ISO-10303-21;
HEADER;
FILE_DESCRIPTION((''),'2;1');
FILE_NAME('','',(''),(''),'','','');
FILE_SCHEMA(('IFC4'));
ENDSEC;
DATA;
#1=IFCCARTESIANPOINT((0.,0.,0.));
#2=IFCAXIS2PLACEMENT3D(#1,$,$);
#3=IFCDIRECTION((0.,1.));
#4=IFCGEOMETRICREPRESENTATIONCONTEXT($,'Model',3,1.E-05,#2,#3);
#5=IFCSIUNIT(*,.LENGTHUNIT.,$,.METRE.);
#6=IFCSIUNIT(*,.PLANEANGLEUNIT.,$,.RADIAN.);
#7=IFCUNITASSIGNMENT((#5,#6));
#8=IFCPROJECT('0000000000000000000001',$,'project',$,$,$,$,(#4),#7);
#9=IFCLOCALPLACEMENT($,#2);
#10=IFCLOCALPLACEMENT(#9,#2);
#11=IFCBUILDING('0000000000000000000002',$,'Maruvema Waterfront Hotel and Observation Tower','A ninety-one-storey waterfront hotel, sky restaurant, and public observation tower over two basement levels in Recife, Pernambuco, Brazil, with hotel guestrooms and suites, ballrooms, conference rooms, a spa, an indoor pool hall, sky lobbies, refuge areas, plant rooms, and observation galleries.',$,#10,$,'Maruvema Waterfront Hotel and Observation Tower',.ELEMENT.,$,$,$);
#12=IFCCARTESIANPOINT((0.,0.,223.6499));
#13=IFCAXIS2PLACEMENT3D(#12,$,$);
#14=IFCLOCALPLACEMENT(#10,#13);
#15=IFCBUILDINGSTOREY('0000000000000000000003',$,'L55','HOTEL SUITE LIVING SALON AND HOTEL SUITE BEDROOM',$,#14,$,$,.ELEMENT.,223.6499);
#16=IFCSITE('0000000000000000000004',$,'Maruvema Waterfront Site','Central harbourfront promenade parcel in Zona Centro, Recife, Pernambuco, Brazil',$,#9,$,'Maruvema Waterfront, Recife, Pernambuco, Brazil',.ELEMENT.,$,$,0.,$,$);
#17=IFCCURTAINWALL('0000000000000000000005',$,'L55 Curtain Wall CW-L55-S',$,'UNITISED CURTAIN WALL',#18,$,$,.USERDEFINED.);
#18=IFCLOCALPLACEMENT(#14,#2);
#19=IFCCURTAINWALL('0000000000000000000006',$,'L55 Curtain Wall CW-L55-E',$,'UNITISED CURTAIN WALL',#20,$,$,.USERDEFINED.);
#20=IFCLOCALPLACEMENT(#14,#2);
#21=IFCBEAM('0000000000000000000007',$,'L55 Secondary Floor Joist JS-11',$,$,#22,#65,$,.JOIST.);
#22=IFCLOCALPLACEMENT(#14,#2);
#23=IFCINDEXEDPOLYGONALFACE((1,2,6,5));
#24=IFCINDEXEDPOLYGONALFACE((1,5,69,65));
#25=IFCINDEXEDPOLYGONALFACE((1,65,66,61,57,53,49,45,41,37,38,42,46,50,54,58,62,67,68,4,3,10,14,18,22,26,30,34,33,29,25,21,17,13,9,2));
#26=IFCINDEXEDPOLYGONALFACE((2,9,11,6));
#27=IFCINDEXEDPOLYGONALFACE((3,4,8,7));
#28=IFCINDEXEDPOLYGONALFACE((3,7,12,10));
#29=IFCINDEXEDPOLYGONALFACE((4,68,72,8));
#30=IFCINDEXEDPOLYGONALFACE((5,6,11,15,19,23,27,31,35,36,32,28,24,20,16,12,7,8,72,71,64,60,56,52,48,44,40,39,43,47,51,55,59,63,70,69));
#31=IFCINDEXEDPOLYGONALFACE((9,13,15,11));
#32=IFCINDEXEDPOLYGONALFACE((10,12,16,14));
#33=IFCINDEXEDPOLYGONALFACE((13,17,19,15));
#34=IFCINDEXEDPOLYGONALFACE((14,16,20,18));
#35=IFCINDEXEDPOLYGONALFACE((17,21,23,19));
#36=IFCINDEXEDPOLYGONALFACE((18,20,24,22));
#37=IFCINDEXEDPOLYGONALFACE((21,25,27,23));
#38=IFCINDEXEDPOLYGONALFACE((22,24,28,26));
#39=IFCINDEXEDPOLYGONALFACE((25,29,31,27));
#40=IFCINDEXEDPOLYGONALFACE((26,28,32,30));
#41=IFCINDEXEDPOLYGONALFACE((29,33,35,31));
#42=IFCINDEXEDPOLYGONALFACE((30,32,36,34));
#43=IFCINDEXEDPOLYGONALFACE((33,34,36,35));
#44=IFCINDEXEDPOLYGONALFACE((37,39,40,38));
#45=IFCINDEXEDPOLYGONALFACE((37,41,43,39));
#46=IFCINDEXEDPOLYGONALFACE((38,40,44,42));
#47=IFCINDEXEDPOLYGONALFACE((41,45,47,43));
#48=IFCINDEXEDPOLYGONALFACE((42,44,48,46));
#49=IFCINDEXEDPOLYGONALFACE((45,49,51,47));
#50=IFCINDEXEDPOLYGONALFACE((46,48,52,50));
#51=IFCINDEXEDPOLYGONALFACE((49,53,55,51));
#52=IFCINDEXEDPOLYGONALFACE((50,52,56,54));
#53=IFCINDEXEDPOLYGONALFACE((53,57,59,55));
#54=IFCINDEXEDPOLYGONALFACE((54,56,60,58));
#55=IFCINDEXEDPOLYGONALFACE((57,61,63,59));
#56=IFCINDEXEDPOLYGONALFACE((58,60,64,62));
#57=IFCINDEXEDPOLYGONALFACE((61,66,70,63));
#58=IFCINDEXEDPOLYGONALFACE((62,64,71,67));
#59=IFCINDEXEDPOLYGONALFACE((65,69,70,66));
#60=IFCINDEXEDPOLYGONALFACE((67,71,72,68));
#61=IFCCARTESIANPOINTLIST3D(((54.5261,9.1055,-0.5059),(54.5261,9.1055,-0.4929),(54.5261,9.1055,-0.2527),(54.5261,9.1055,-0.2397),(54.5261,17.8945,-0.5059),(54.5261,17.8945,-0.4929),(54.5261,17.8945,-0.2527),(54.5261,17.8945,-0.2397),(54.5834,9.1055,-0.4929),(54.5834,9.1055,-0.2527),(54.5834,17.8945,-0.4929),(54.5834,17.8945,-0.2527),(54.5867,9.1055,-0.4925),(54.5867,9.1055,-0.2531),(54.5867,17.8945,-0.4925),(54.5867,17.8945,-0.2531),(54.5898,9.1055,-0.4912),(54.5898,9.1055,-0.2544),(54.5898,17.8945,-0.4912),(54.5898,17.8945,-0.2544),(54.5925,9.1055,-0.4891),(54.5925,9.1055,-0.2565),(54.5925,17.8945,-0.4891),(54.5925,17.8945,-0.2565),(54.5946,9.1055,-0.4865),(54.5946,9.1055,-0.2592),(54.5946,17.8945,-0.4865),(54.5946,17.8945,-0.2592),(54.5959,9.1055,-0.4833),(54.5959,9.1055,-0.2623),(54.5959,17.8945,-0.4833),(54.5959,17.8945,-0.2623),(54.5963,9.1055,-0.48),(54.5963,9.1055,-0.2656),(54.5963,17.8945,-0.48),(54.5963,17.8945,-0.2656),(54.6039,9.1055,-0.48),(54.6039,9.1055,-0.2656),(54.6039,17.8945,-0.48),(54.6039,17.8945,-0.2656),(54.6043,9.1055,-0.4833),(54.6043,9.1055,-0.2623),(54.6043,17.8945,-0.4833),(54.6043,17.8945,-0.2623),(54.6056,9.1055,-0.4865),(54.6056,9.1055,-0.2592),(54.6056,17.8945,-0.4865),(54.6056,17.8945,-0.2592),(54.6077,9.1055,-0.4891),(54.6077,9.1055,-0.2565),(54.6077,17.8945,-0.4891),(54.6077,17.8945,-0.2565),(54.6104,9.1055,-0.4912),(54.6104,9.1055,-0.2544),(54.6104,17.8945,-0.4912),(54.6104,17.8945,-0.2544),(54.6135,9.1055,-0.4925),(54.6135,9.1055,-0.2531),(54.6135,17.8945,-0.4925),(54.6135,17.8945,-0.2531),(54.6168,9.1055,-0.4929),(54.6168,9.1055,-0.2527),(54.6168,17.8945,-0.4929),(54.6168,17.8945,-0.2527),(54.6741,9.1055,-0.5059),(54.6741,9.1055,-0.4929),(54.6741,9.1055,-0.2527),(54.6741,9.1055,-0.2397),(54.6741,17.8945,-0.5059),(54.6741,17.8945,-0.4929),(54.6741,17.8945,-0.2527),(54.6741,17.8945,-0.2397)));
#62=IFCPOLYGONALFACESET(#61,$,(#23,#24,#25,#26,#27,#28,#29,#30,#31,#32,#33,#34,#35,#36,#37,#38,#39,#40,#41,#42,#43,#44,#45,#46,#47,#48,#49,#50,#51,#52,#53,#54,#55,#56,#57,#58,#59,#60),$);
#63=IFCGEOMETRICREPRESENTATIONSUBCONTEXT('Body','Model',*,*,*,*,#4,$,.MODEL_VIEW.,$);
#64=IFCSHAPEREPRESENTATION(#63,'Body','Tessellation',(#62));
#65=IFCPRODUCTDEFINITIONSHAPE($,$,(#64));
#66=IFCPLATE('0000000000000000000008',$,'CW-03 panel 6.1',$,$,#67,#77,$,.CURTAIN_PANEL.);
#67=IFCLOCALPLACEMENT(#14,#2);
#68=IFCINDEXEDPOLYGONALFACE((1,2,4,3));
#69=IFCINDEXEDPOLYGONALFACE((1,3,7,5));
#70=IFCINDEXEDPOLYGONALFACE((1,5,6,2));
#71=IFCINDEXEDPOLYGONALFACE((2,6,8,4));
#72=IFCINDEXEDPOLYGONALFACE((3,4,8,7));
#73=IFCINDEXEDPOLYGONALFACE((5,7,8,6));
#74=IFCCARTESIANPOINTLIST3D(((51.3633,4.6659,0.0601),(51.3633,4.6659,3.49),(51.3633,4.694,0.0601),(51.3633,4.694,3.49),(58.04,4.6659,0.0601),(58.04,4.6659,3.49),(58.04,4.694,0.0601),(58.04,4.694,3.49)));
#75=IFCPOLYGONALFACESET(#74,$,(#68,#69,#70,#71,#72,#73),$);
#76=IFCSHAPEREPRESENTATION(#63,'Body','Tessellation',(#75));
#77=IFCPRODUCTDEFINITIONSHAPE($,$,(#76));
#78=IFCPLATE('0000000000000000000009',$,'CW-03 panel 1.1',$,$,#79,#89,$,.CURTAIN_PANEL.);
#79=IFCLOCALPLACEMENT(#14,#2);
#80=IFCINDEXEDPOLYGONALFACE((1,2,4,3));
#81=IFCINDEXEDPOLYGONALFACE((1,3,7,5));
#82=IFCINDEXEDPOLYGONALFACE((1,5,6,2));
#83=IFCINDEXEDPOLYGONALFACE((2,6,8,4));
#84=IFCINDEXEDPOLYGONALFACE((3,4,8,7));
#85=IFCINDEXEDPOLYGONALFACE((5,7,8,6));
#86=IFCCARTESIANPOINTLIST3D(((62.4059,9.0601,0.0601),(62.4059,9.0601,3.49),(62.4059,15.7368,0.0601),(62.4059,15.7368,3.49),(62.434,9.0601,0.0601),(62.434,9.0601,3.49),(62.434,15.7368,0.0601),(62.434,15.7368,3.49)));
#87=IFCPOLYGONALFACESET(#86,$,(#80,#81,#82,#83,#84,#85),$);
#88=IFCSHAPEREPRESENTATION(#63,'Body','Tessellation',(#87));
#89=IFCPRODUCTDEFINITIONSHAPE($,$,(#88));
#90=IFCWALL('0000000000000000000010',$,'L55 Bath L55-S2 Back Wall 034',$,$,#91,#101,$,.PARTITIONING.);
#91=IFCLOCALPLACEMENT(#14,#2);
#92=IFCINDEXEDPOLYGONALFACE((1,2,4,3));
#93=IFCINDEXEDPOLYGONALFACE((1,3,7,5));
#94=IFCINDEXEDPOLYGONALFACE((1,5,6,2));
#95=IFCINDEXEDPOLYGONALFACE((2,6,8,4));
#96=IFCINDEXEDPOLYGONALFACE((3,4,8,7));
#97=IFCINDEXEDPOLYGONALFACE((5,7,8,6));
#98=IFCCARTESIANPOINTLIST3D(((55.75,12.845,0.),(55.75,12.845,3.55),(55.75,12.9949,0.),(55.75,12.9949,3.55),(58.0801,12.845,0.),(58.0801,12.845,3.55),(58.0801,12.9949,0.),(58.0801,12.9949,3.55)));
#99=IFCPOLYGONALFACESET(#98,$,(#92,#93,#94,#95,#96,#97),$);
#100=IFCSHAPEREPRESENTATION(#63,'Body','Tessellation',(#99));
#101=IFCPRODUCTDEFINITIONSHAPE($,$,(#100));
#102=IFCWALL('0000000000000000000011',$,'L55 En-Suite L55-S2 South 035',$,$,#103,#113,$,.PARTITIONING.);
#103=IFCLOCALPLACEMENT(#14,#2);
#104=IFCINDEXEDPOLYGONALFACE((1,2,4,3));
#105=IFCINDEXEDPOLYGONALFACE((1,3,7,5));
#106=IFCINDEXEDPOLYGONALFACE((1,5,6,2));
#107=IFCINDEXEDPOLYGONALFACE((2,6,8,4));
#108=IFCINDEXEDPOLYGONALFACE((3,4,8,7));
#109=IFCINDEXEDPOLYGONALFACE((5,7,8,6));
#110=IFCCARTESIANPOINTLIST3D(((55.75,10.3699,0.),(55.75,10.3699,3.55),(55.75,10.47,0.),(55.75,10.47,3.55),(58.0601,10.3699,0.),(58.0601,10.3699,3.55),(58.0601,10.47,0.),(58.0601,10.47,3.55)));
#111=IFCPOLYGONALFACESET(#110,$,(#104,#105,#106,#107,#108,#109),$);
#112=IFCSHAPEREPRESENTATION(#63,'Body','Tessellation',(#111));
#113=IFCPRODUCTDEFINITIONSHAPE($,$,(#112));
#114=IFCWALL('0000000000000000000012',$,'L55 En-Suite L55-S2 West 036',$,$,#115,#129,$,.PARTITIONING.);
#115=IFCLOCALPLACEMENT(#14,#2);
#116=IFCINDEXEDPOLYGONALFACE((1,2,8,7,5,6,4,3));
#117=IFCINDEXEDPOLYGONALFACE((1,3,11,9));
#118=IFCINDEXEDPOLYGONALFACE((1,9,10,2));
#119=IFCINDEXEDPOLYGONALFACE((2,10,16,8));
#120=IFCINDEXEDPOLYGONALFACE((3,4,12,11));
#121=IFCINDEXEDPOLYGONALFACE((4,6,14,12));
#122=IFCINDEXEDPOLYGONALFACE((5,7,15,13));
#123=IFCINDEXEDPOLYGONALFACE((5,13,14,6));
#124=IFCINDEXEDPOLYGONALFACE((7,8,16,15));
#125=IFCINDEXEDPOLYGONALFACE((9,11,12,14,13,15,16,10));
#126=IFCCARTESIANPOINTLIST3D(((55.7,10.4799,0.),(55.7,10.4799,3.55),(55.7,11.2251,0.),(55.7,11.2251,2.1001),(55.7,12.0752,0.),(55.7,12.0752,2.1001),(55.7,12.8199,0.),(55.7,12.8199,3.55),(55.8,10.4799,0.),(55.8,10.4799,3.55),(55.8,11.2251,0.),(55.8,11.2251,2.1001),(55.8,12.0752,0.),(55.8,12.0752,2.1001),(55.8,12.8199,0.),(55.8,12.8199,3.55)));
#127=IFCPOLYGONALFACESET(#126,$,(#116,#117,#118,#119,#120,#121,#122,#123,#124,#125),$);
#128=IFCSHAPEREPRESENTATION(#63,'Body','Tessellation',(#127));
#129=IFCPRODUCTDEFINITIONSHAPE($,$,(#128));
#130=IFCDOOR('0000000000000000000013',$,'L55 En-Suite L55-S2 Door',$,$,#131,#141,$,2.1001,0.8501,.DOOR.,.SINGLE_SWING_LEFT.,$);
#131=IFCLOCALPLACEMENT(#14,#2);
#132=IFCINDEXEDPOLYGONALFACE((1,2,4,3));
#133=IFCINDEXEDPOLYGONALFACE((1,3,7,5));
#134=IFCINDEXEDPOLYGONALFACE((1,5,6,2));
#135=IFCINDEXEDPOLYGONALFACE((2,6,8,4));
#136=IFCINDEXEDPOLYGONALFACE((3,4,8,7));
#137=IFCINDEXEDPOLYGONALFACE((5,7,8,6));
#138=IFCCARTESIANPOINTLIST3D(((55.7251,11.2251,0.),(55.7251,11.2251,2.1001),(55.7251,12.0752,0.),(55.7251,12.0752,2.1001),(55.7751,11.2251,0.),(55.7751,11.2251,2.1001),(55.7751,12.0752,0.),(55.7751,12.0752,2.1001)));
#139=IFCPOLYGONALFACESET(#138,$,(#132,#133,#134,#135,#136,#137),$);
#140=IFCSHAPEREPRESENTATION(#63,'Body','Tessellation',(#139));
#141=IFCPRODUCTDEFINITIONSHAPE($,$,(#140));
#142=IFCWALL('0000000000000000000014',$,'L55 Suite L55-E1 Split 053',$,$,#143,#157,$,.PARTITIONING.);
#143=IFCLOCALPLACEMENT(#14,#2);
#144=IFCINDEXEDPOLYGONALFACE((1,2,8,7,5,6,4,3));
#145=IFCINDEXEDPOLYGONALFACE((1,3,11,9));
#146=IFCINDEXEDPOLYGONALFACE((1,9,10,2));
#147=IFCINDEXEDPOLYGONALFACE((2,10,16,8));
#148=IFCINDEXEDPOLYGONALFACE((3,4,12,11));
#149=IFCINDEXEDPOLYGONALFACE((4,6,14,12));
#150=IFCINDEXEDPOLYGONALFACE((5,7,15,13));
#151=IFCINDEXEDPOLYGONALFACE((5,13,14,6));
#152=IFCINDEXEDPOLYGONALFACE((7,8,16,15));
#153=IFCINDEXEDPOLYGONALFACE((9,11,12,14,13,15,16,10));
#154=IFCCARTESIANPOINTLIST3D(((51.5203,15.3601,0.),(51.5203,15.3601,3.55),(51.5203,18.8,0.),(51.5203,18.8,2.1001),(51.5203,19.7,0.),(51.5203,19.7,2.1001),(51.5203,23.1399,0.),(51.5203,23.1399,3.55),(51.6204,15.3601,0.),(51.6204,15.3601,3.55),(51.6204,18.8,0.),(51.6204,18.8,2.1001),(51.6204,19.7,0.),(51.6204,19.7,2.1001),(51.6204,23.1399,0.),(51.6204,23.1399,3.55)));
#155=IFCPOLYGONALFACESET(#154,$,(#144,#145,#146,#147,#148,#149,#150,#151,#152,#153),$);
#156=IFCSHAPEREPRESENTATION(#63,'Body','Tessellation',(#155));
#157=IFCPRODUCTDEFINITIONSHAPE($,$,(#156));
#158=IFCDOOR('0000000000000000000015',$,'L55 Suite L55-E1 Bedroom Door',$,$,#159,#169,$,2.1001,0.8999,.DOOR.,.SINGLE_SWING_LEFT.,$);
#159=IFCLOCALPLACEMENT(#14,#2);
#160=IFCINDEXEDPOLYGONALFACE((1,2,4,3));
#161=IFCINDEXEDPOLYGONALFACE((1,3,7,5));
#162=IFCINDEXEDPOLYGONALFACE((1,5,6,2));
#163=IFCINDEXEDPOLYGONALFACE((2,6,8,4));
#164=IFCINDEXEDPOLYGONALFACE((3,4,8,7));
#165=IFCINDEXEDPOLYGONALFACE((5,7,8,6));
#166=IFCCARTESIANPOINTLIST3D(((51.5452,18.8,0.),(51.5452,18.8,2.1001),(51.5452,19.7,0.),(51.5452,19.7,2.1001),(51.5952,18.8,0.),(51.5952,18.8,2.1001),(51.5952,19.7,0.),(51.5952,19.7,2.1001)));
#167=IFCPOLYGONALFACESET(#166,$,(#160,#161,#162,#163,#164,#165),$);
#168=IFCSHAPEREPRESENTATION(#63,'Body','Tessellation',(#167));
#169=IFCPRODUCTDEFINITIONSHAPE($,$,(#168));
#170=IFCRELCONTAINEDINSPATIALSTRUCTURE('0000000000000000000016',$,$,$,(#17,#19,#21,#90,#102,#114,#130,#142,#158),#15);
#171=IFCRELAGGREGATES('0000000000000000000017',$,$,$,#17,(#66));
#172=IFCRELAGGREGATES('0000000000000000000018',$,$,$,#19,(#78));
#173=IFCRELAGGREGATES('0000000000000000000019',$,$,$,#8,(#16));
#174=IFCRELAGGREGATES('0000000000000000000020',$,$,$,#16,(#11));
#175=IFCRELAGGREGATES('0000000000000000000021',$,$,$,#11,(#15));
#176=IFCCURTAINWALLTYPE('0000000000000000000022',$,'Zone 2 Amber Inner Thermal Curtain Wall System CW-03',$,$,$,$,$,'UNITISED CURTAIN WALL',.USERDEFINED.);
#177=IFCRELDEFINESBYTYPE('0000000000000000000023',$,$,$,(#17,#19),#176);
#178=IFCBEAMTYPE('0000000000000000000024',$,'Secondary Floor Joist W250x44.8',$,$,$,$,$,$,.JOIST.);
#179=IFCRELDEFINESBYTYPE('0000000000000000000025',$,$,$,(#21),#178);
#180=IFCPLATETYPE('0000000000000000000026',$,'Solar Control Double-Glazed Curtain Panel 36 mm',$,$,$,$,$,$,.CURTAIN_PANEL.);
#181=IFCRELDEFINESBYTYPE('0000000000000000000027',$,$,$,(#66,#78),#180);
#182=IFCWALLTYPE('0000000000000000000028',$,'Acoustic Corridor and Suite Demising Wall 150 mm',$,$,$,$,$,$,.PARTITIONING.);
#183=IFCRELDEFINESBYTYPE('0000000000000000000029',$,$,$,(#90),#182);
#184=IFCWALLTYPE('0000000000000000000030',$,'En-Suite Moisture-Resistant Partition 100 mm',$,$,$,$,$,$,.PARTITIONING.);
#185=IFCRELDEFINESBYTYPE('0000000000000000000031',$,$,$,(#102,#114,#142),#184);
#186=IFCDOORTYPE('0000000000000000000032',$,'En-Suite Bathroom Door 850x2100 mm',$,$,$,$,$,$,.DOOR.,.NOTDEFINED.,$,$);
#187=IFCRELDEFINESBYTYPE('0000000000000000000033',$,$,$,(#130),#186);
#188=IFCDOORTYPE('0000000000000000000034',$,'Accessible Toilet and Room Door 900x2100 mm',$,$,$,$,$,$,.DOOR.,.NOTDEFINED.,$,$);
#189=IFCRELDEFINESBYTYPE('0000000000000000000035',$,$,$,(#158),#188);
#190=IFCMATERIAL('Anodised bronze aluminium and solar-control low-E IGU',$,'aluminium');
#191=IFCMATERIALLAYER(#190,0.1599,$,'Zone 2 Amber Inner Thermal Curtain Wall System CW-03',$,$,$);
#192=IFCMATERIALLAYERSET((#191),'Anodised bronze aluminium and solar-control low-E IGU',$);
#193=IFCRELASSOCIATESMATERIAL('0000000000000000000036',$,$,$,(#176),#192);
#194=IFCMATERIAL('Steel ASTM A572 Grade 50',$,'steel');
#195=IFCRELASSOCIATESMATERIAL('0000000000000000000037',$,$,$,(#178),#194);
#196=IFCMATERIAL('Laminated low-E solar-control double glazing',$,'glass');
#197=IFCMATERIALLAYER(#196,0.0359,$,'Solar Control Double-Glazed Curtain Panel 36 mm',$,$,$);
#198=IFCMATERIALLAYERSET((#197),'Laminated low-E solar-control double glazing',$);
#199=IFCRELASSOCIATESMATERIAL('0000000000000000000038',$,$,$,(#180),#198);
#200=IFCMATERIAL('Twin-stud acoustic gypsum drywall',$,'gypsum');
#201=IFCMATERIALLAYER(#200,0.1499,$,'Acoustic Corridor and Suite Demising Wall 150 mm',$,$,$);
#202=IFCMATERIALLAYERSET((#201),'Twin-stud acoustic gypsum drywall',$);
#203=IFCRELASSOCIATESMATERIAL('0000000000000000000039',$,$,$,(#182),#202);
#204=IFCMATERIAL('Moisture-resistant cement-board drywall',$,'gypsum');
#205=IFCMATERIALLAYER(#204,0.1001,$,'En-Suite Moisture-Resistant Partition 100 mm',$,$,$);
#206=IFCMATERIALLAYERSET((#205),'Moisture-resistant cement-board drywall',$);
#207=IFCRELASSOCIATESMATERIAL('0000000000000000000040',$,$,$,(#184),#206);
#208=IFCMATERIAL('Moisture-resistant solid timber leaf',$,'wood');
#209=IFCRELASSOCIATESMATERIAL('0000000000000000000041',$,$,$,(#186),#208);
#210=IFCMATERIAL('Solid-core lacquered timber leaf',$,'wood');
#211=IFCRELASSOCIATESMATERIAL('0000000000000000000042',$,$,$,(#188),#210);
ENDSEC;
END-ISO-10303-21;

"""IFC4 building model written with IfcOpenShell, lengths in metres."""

from ifc_helpers import new_model, si_unit, direction, frame, frame_2d, origin, origin_2d, place, context, subcontext, project, spatial, rectangle, i_section, extrude, material, layer, layer_set, material_profile, profile_set, type_object, element, fill, aggregate, save


model = new_model("IFC4")

# Units and contexts
model_context = context("Model", 3, precision=1e-05, world=origin(), true_north=direction((0.0, 1.0)))
body_context = subcontext(model_context, "Body", "Model", "MODEL_VIEW")
ifc_project = project(units=[si_unit("LENGTHUNIT", "METRE"), si_unit("PLANEANGLEUNIT", "RADIAN")], contexts=[model_context])

# Site, building, storey
site_placement = place(None, origin())
site = spatial("IfcSite", under=ifc_project, at=site_placement, Name="Maruvema Waterfront Site", Description="Central harbourfront promenade parcel in Zona Centro, Recife, Pernambuco, Brazil", LongName="Maruvema Waterfront, Recife, Pernambuco, Brazil", CompositionType="ELEMENT", RefElevation=0.0)
building_placement = place(site_placement, origin())
building = spatial("IfcBuilding", under=site, at=building_placement, Name="Maruvema Waterfront Hotel and Observation Tower", Description="A ninety-one-storey waterfront hotel, sky restaurant, and public observation tower over two basement levels in Recife, Pernambuco, Brazil, with hotel guestrooms and suites, ballrooms, conference rooms, a spa, an indoor pool hall, sky lobbies, refuge areas, plant rooms, and observation galleries.", LongName="Maruvema Waterfront Hotel and Observation Tower", CompositionType="ELEMENT")
storey_placement = place(building_placement, frame((0.0, 0.0, 223.6499)))
storey = spatial("IfcBuildingStorey", under=building, at=storey_placement, Name="L55", Description="HOTEL SUITE LIVING SALON AND HOTEL SUITE BEDROOM", CompositionType="ELEMENT", Elevation=223.6499)

# Curtain walls
ifc_material_1 = material(Name="Anodised bronze aluminium and solar-control low-E IGU", Category="aluminium")
ifc_layer_1 = layer(ifc_material_1, 0.1599, Name="Zone 2 Amber Inner Thermal Curtain Wall System CW-03")
ifc_layer_set_1 = layer_set([ifc_layer_1], Name="Anodised bronze aluminium and solar-control low-E IGU")
curtain_wall_type = type_object("IfcCurtainWallType", Name="Zone 2 Amber Inner Thermal Curtain Wall System CW-03", ElementType="UNITISED CURTAIN WALL", PredefinedType="USERDEFINED", material=ifc_layer_set_1)
curtain_wall_1_placement = place(storey_placement, origin())
curtain_wall_1 = element("IfcCurtainWall", 1, at=curtain_wall_1_placement, inside=storey, type_object=curtain_wall_type, Name="L55 Curtain Wall CW-L55-S", ObjectType="UNITISED CURTAIN WALL", PredefinedType="USERDEFINED")
curtain_wall_2_placement = place(storey_placement, origin())
curtain_wall_2 = element("IfcCurtainWall", 2, at=curtain_wall_2_placement, inside=storey, type_object=curtain_wall_type, Name="L55 Curtain Wall CW-L55-E", ObjectType="UNITISED CURTAIN WALL", PredefinedType="USERDEFINED")

# Beam
ifc_material_2 = material(Name="Steel ASTM A572 Grade 50", Category="steel")
ifc_material_profile_1 = material_profile(ifc_material_2, i_section(OverallWidth=0.1479, OverallDepth=0.2661, WebThickness=0.0076, FlangeThickness=0.0129, FilletRadius=0.0129, at=origin_2d()), Name="W250x44.8")
ifc_profile_set_1 = profile_set([ifc_material_profile_1], Name="Steel ASTM A572 Grade 50")
beam_type_1 = type_object("IfcBeamType", Name="Secondary Floor Joist W250x44.8", PredefinedType="JOIST", material=ifc_profile_set_1)
beam_1_placement = place(storey_placement, frame((54.6001, 9.1055, -0.3728), z_axis=(0.0, 1.0, 0.0), x_axis=(-1.0, 0.0, 0.0)))
element("IfcBeam", 3, at=beam_1_placement, inside=storey, type_object=beam_type_1, Name="L55 Secondary Floor Joist JS-11", PredefinedType="JOIST", context=body_context, shape_type="SweptSolid", body=[
    extrude(i_section(OverallWidth=0.1479, OverallDepth=0.2661, WebThickness=0.0076, FlangeThickness=0.0129, FilletRadius=0.0129, at=origin_2d()), origin(), (0.0, 0.0, 1.0), 8.7891),
])

# Plates
ifc_material_3 = material(Name="Laminated low-E solar-control double glazing", Category="glass")
ifc_layer_2 = layer(ifc_material_3, 0.0359, Name="Solar Control Double-Glazed Curtain Panel 36 mm")
ifc_layer_set_2 = layer_set([ifc_layer_2], Name="Laminated low-E solar-control double glazing")
plate_type = type_object("IfcPlateType", Name="Solar Control Double-Glazed Curtain Panel 36 mm", PredefinedType="CURTAIN_PANEL", material=ifc_layer_set_2)
plate_1_placement = place(storey_placement, frame((54.7017, 4.6799, 0.0601), z_axis=(0.0, 0.0, 1.0), x_axis=(1.0, 0.0, 0.0)))
plate_1 = element("IfcPlate", 4, at=plate_1_placement, type_object=plate_type, Name="CW-03 panel 6.1", PredefinedType="CURTAIN_PANEL", context=body_context, shape_type="SweptSolid", body=[
    extrude(rectangle(XDim=6.6768, YDim=0.0281, at=origin_2d()), origin(), (0.0, 0.0, 1.0), 3.4299),
])
aggregate(curtain_wall_1, [plate_1])
plate_2_placement = place(storey_placement, frame((62.4199, 12.3984, 0.0601), z_axis=(0.0, 0.0, 1.0), x_axis=(0.0, 1.0, 0.0)))
plate_2 = element("IfcPlate", 5, at=plate_2_placement, type_object=plate_type, Name="CW-03 panel 1.1", PredefinedType="CURTAIN_PANEL", context=body_context, shape_type="SweptSolid", body=[
    extrude(rectangle(XDim=6.6768, YDim=0.0281, at=origin_2d()), origin(), (0.0, 0.0, 1.0), 3.4299),
])
aggregate(curtain_wall_2, [plate_2])

# Walls
ifc_material_4 = material(Name="Twin-stud acoustic gypsum drywall", Category="gypsum")
ifc_layer_3 = layer(ifc_material_4, 0.1499, Name="Acoustic Corridor and Suite Demising Wall 150 mm")
ifc_layer_set_3 = layer_set([ifc_layer_3], Name="Twin-stud acoustic gypsum drywall")
wall_type_1 = type_object("IfcWallType", Name="Acoustic Corridor and Suite Demising Wall 150 mm", PredefinedType="PARTITIONING", material=ifc_layer_set_3)
wall_1_placement = place(storey_placement, frame((55.75, 12.9199, 0.0), z_axis=(0.0, 0.0, 1.0), x_axis=(1.0, 0.0, 0.0)))
element("IfcWall", 6, at=wall_1_placement, inside=storey, type_object=wall_type_1, Name="L55 Bath L55-S2 Back Wall 034", PredefinedType="PARTITIONING", context=body_context, shape_type="SweptSolid", body=[
    extrude(rectangle(XDim=2.3301, YDim=0.1499, at=frame_2d((1.165, 0.0))), origin(), (0.0, 0.0, 1.0), 3.55),
])
ifc_material_5 = material(Name="Moisture-resistant cement-board drywall", Category="gypsum")
ifc_layer_4 = layer(ifc_material_5, 0.1001, Name="En-Suite Moisture-Resistant Partition 100 mm")
ifc_layer_set_4 = layer_set([ifc_layer_4], Name="Moisture-resistant cement-board drywall")
wall_type_2 = type_object("IfcWallType", Name="En-Suite Moisture-Resistant Partition 100 mm", PredefinedType="PARTITIONING", material=ifc_layer_set_4)
wall_2_placement = place(storey_placement, frame((55.75, 10.4199, 0.0), z_axis=(0.0, 0.0, 1.0), x_axis=(1.0, 0.0, 0.0)))
element("IfcWall", 7, at=wall_2_placement, inside=storey, type_object=wall_type_2, Name="L55 En-Suite L55-S2 South 035", PredefinedType="PARTITIONING", context=body_context, shape_type="SweptSolid", body=[
    extrude(rectangle(XDim=2.3101, YDim=0.1001, at=frame_2d((1.155, 0.0))), origin(), (0.0, 0.0, 1.0), 3.55),
])

# Walls, openings, doors
wall_3_placement = place(storey_placement, frame((55.75, 10.48, 0.0), z_axis=(0.0, 0.0, 1.0), x_axis=(0.0, 1.0, 0.0)))
wall_3 = element("IfcWall", 8, at=wall_3_placement, inside=storey, type_object=wall_type_2, Name="L55 En-Suite L55-S2 West 036", PredefinedType="PARTITIONING", context=body_context, shape_type="SweptSolid", body=[
    extrude(rectangle(XDim=2.3401, YDim=0.1001, at=frame_2d((1.1699, 0.0))), origin(), (0.0, 0.0, 1.0), 3.55),
])
opening_1_placement = place(wall_3_placement, frame((0.7451, 0.0, 0.0)))
opening_1 = element("IfcOpeningElement", 9, at=opening_1_placement, cuts=wall_3, PredefinedType="OPENING", context=body_context, shape_type="SweptSolid", body=[
    extrude(rectangle(XDim=0.8501, YDim=2.1001, at=frame_2d((0.425, 1.05))), frame((0.0, 0.0601, 0.0), z_axis=(0.0, -1.0, 0.0), x_axis=(1.0, 0.0, 0.0)), (0.0, 0.0, 1.0), 0.1201),
])
ifc_material_6 = material(Name="Moisture-resistant solid timber leaf", Category="wood")
door_type_1 = type_object("IfcDoorType", Name="En-Suite Bathroom Door 850x2100 mm", OperationType="NOTDEFINED", PredefinedType="DOOR", material=ifc_material_6)
door_1_placement = place(opening_1_placement, origin())
door_1 = element("IfcDoor", 10, at=door_1_placement, inside=storey, type_object=door_type_1, Name="L55 En-Suite L55-S2 Door", OperationType="SINGLE_SWING_LEFT", OverallHeight=2.1001, OverallWidth=0.8501, PredefinedType="DOOR", context=body_context, shape_type="SweptSolid", body=[
    extrude(rectangle(XDim=0.8501, YDim=2.1001, at=frame_2d((0.425, 1.05))), frame((0.0, 0.0249, 0.0), z_axis=(0.0, -1.0, 0.0), x_axis=(1.0, 0.0, 0.0)), (0.0, 0.0, 1.0), 0.05),
])
fill(opening_1, door_1)
wall_4_placement = place(storey_placement, frame((51.5703, 15.3601, 0.0), z_axis=(0.0, 0.0, 1.0), x_axis=(0.0, 1.0, 0.0)))
wall_4 = element("IfcWall", 11, at=wall_4_placement, inside=storey, type_object=wall_type_2, Name="L55 Suite L55-E1 Split 053", PredefinedType="PARTITIONING", context=body_context, shape_type="SweptSolid", body=[
    extrude(rectangle(XDim=7.7798, YDim=0.1001, at=frame_2d((3.8899, 0.0))), origin(), (0.0, 0.0, 1.0), 3.55),
])
opening_2_placement = place(wall_4_placement, frame((3.4399, 0.0, 0.0)))
opening_2 = element("IfcOpeningElement", 12, at=opening_2_placement, cuts=wall_4, PredefinedType="OPENING", context=body_context, shape_type="SweptSolid", body=[
    extrude(rectangle(XDim=0.8999, YDim=2.1001, at=frame_2d((0.45, 1.05))), frame((0.0, 0.0601, 0.0), z_axis=(0.0, -1.0, 0.0), x_axis=(1.0, 0.0, 0.0)), (0.0, 0.0, 1.0), 0.1201),
])
ifc_material_7 = material(Name="Solid-core lacquered timber leaf", Category="wood")
door_type_2 = type_object("IfcDoorType", Name="Accessible Toilet and Room Door 900x2100 mm", OperationType="NOTDEFINED", PredefinedType="DOOR", material=ifc_material_7)
door_2_placement = place(opening_2_placement, frame((0.8999, 0.0, 0.0), z_axis=(0.0, 0.0, 1.0), x_axis=(-1.0, 0.0, 0.0)))
door_2 = element("IfcDoor", 13, at=door_2_placement, inside=storey, type_object=door_type_2, Name="L55 Suite L55-E1 Bedroom Door", OperationType="SINGLE_SWING_LEFT", OverallHeight=2.1001, OverallWidth=0.8999, PredefinedType="DOOR", context=body_context, shape_type="SweptSolid", body=[
    extrude(rectangle(XDim=0.8999, YDim=2.1001, at=frame_2d((0.45, 1.05))), frame((0.0, 0.0249, 0.0), z_axis=(0.0, -1.0, 0.0), x_axis=(1.0, 0.0, 0.0)), (0.0, 0.0, 1.0), 0.05),
])
fill(opening_2, door_2)

save(model, "model.ifc")
